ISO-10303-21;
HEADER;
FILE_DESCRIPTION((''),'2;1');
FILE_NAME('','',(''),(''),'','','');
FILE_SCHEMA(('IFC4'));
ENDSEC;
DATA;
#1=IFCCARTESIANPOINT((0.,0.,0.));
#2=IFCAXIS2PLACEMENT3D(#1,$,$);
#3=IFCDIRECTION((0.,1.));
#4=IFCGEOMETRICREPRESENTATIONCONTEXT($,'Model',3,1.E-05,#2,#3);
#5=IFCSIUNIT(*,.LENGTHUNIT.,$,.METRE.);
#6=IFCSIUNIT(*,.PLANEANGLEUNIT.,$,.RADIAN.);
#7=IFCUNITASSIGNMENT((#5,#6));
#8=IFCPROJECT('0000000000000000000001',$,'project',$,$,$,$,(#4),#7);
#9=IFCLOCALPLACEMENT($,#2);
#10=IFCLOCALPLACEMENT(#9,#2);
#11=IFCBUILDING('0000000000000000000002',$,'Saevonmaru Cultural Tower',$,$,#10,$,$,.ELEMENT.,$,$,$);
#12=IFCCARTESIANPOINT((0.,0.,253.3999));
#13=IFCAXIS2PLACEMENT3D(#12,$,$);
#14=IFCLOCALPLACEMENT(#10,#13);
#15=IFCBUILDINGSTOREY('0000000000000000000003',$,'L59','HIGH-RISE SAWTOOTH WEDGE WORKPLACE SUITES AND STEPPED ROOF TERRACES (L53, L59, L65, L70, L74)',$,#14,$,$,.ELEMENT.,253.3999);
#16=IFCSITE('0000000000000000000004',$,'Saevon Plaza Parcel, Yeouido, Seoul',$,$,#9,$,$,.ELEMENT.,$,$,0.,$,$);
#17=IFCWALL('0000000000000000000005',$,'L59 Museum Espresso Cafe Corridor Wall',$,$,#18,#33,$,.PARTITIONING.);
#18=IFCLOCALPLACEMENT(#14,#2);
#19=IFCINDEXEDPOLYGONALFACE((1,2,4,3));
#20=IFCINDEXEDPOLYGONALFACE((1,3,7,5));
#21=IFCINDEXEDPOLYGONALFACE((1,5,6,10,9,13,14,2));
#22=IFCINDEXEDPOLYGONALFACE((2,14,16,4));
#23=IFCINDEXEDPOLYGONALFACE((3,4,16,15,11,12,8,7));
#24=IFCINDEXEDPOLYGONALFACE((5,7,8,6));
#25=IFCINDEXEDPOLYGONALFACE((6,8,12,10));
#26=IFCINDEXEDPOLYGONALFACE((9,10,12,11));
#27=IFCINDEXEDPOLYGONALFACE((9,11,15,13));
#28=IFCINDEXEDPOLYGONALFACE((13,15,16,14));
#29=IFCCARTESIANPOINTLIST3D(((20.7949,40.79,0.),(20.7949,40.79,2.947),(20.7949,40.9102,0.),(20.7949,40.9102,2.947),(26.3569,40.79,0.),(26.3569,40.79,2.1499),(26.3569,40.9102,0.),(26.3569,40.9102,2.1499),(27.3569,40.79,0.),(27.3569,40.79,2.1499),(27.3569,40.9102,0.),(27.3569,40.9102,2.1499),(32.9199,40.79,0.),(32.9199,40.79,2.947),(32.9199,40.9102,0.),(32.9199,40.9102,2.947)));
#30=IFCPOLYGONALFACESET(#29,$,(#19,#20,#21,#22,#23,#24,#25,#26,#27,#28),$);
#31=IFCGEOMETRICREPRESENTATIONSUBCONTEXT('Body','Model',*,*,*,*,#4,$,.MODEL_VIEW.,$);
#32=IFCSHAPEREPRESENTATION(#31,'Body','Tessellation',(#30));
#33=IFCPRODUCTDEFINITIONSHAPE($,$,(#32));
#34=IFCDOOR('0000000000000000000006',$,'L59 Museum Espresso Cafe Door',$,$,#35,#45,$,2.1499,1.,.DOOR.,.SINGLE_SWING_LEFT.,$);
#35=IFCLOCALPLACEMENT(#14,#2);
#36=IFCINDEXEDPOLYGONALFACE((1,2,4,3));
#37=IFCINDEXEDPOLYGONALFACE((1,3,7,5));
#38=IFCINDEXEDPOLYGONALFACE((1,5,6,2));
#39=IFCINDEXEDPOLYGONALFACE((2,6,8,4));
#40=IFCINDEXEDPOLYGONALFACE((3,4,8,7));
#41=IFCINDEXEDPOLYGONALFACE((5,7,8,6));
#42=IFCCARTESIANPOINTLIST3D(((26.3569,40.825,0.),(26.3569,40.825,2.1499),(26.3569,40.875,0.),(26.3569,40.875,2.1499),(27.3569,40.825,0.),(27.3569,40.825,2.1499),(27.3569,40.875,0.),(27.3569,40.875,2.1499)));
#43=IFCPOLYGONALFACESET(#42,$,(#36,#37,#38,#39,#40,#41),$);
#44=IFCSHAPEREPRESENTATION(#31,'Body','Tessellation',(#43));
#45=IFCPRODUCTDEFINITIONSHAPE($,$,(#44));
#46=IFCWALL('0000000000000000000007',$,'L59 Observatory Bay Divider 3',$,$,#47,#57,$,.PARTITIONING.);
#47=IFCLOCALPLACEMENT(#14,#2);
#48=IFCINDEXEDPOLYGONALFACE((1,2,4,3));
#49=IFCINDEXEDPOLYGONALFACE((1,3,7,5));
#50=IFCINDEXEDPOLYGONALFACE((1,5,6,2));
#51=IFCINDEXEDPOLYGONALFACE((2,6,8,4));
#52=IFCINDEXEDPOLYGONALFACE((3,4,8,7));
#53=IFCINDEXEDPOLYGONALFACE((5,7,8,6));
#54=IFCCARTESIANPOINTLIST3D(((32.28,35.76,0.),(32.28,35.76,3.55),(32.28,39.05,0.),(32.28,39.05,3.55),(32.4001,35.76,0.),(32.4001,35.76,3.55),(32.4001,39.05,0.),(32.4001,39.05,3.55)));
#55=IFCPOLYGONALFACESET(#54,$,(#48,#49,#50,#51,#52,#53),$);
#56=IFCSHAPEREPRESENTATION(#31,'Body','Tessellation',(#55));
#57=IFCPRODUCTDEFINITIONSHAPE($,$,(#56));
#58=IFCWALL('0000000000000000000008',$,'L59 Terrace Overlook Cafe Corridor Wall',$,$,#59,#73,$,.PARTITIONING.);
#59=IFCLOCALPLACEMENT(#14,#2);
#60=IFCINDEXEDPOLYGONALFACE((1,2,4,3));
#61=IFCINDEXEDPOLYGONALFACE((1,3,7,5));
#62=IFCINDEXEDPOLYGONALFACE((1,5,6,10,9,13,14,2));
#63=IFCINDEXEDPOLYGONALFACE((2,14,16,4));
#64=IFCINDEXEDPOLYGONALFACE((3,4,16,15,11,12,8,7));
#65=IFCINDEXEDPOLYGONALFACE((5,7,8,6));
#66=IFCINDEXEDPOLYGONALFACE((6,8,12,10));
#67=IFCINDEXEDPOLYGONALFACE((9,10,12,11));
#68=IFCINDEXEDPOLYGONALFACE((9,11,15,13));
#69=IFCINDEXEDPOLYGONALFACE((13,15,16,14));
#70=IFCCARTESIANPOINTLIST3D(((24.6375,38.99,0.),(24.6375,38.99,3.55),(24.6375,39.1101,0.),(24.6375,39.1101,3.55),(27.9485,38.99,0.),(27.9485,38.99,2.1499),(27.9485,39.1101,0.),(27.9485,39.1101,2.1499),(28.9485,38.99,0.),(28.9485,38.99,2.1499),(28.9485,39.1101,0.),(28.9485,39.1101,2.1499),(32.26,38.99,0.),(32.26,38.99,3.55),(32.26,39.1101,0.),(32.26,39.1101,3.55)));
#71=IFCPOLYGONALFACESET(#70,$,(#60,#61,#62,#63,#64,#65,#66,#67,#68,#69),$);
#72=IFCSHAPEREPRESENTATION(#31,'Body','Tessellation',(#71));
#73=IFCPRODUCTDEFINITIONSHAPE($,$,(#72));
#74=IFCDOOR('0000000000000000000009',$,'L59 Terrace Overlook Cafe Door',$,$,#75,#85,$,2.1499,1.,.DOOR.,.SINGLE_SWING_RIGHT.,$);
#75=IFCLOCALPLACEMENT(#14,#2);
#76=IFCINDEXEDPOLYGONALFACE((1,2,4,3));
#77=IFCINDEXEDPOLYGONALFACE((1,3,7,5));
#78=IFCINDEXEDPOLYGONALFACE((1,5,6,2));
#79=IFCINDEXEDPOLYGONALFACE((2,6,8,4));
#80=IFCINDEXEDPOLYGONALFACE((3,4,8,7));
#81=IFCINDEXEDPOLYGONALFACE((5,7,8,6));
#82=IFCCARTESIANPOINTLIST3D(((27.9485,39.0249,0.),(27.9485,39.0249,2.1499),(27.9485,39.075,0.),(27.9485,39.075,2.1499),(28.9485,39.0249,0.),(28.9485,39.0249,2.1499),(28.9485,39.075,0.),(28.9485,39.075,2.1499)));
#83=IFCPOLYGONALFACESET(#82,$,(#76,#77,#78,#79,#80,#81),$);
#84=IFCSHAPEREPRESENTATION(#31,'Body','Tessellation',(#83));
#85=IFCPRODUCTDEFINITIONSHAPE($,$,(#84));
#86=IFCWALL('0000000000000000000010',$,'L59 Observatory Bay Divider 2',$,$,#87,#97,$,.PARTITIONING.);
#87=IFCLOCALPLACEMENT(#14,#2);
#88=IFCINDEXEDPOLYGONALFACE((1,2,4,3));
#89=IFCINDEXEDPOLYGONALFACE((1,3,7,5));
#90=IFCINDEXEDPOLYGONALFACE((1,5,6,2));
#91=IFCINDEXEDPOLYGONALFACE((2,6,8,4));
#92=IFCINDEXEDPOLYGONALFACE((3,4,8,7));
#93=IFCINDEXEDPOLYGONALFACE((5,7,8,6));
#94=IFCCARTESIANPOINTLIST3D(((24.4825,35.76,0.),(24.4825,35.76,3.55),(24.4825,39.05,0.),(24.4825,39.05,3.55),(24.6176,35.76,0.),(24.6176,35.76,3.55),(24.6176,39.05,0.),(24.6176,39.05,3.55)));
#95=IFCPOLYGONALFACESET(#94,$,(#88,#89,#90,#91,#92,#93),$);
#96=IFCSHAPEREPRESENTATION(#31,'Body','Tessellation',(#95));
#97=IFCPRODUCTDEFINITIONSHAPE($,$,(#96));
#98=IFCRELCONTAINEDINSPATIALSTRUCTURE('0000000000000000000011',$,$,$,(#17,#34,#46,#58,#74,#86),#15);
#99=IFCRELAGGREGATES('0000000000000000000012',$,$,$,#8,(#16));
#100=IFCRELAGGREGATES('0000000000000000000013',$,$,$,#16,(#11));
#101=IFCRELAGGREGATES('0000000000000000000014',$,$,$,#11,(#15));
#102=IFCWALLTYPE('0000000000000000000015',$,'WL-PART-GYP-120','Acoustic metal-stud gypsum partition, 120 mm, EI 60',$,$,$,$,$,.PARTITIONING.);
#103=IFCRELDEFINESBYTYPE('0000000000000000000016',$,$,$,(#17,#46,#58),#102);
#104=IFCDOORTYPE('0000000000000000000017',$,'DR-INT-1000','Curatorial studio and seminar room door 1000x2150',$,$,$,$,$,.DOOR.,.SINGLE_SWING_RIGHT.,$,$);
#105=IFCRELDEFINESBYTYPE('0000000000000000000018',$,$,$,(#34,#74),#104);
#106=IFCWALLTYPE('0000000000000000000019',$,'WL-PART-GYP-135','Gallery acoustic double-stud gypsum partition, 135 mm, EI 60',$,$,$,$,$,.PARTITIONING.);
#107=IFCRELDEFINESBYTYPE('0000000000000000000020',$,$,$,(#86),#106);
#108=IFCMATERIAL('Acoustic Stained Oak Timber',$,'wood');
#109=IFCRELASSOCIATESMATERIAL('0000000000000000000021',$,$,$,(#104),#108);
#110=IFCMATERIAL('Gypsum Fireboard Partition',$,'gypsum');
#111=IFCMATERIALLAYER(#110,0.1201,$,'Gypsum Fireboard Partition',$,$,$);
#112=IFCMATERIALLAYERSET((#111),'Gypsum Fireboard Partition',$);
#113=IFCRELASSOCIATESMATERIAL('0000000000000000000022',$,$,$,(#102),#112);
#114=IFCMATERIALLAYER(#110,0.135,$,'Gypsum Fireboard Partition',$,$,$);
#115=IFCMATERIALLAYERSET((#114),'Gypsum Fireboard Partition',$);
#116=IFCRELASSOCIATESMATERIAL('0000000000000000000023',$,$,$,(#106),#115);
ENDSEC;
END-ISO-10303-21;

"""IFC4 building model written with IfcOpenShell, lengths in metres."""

from ifc_helpers import new_model, si_unit, direction, frame, frame_2d, origin, place, context, subcontext, project, spatial, rectangle, extrude, material, layer, layer_set, type_object, element, fill, save


model = new_model("IFC4")

# Units and contexts
model_context = context("Model", 3, precision=1e-05, world=origin(), true_north=direction((0.0, 1.0)))
body_context = subcontext(model_context, "Body", "Model", "MODEL_VIEW")
ifc_project = project(units=[si_unit("LENGTHUNIT", "METRE"), si_unit("PLANEANGLEUNIT", "RADIAN")], contexts=[model_context])

# Site, building, storey
site_placement = place(None, origin())
site = spatial("IfcSite", under=ifc_project, at=site_placement, Name="Saevon Plaza Parcel, Yeouido, Seoul", CompositionType="ELEMENT", RefElevation=0.0)
building_placement = place(site_placement, origin())
building = spatial("IfcBuilding", under=site, at=building_placement, Name="Saevonmaru Cultural Tower", CompositionType="ELEMENT")
storey_placement = place(building_placement, frame((0.0, 0.0, 253.3999)))
storey = spatial("IfcBuildingStorey", under=building, at=storey_placement, Name="L59", Description="HIGH-RISE SAWTOOTH WEDGE WORKPLACE SUITES AND STEPPED ROOF TERRACES (L53, L59, L65, L70, L74)", CompositionType="ELEMENT", Elevation=253.3999)

# Shared definitions
ifc_material_1 = material(Name="Gypsum Fireboard Partition", Category="gypsum")

# Shared definitions
ifc_material_2 = material(Name="Acoustic Stained Oak Timber", Category="wood")
door_type_1 = type_object("IfcDoorType", Name="DR-INT-1000", Description="Curatorial studio and seminar room door 1000x2150", OperationType="SINGLE_SWING_RIGHT", PredefinedType="DOOR", material=ifc_material_2)

# Shared definitions
ifc_layer_1 = layer(ifc_material_1, 0.1201, Name="Gypsum Fireboard Partition")
ifc_layer_set_1 = layer_set([ifc_layer_1], Name="Gypsum Fireboard Partition")
wall_type_1 = type_object("IfcWallType", Name="WL-PART-GYP-120", Description="Acoustic metal-stud gypsum partition, 120 mm, EI 60", PredefinedType="PARTITIONING", material=ifc_layer_set_1)

# Wall, opening, door
wall_1_placement = place(storey_placement, frame((20.7949, 40.8501, 0.0), z_axis=(0.0, 0.0, 1.0), x_axis=(1.0, 0.0, 0.0)))
wall_1 = element("IfcWall", 1, at=wall_1_placement, inside=storey, type_object=wall_type_1, Name="L59 Museum Espresso Cafe Corridor Wall", PredefinedType="PARTITIONING", context=body_context, shape_type="SweptSolid", body=[
    extrude(rectangle(XDim=12.125, YDim=0.1201, at=frame_2d((6.0625, 0.0))), origin(), (0.0, 0.0, 1.0), 2.947),
])
opening_1_placement = place(wall_1_placement, frame((5.562, 0.0, 0.0)))
opening_1 = element("IfcOpeningElement", 2, at=opening_1_placement, cuts=wall_1, PredefinedType="OPENING", context=body_context, shape_type="SweptSolid", body=[
    extrude(rectangle(XDim=1.0, YDim=2.1499, at=frame_2d((0.5, 1.075))), frame((0.0, 0.0701, 0.0), z_axis=(0.0, -1.0, 0.0), x_axis=(1.0, 0.0, 0.0)), (0.0, 0.0, 1.0), 0.1401),
])
door_1_placement = place(opening_1_placement, origin())
door_1 = element("IfcDoor", 3, at=door_1_placement, inside=storey, type_object=door_type_1, Name="L59 Museum Espresso Cafe Door", OperationType="SINGLE_SWING_LEFT", OverallHeight=2.1499, OverallWidth=1.0, PredefinedType="DOOR", context=body_context, shape_type="SweptSolid", body=[
    extrude(rectangle(XDim=1.0, YDim=2.1499, at=frame_2d((0.5, 1.075))), frame((0.0, 0.0249, 0.0), z_axis=(0.0, -1.0, 0.0), x_axis=(1.0, 0.0, 0.0)), (0.0, 0.0, 1.0), 0.05),
])
fill(opening_1, door_1)

# Wall
wall_2_placement = place(storey_placement, frame((32.3401, 35.76, 0.0), z_axis=(0.0, 0.0, 1.0), x_axis=(0.0, 1.0, 0.0)))
element("IfcWall", 4, at=wall_2_placement, inside=storey, type_object=wall_type_1, Name="L59 Observatory Bay Divider 3", PredefinedType="PARTITIONING", context=body_context, shape_type="SweptSolid", body=[
    extrude(rectangle(XDim=3.29, YDim=0.1201, at=frame_2d((1.645, 0.0))), origin(), (0.0, 0.0, 1.0), 3.55),
])

# Wall, opening, door
wall_3_placement = place(storey_placement, frame((24.6375, 39.05, 0.0), z_axis=(0.0, 0.0, 1.0), x_axis=(1.0, 0.0, 0.0)))
wall_3 = element("IfcWall", 5, at=wall_3_placement, inside=storey, type_object=wall_type_1, Name="L59 Terrace Overlook Cafe Corridor Wall", PredefinedType="PARTITIONING", context=body_context, shape_type="SweptSolid", body=[
    extrude(rectangle(XDim=7.6226, YDim=0.1201, at=frame_2d((3.8113, 0.0))), origin(), (0.0, 0.0, 1.0), 3.55),
])
opening_2_placement = place(wall_3_placement, frame((3.311, 0.0, 0.0)))
opening_2 = element("IfcOpeningElement", 6, at=opening_2_placement, cuts=wall_3, PredefinedType="OPENING", context=body_context, shape_type="SweptSolid", body=[
    extrude(rectangle(XDim=1.0, YDim=2.1499, at=frame_2d((0.5, 1.075))), frame((0.0, 0.0701, 0.0), z_axis=(0.0, -1.0, 0.0), x_axis=(1.0, 0.0, 0.0)), (0.0, 0.0, 1.0), 0.1401),
])
door_2_placement = place(opening_2_placement, origin())
door_2 = element("IfcDoor", 7, at=door_2_placement, inside=storey, type_object=door_type_1, Name="L59 Terrace Overlook Cafe Door", OperationType="SINGLE_SWING_RIGHT", OverallHeight=2.1499, OverallWidth=1.0, PredefinedType="DOOR", context=body_context, shape_type="SweptSolid", body=[
    extrude(rectangle(XDim=1.0, YDim=2.1499, at=frame_2d((0.5, 1.075))), frame((0.0, 0.0249, 0.0), z_axis=(0.0, -1.0, 0.0), x_axis=(1.0, 0.0, 0.0)), (0.0, 0.0, 1.0), 0.05),
])
fill(opening_2, door_2)

# Wall
ifc_layer_2 = layer(ifc_material_1, 0.135, Name="Gypsum Fireboard Partition")
ifc_layer_set_2 = layer_set([ifc_layer_2], Name="Gypsum Fireboard Partition")
wall_type_2 = type_object("IfcWallType", Name="WL-PART-GYP-135", Description="Gallery acoustic double-stud gypsum partition, 135 mm, EI 60", PredefinedType="PARTITIONING", material=ifc_layer_set_2)
wall_4_placement = place(storey_placement, frame((24.55, 35.76, 0.0), z_axis=(0.0, 0.0, 1.0), x_axis=(0.0, 1.0, 0.0)))
element("IfcWall", 8, at=wall_4_placement, inside=storey, type_object=wall_type_2, Name="L59 Observatory Bay Divider 2", PredefinedType="PARTITIONING", context=body_context, shape_type="SweptSolid", body=[
    extrude(rectangle(XDim=3.29, YDim=0.135, at=frame_2d((1.645, 0.0))), origin(), (0.0, 0.0, 1.0), 3.55),
])

save(model, "model.ifc")
